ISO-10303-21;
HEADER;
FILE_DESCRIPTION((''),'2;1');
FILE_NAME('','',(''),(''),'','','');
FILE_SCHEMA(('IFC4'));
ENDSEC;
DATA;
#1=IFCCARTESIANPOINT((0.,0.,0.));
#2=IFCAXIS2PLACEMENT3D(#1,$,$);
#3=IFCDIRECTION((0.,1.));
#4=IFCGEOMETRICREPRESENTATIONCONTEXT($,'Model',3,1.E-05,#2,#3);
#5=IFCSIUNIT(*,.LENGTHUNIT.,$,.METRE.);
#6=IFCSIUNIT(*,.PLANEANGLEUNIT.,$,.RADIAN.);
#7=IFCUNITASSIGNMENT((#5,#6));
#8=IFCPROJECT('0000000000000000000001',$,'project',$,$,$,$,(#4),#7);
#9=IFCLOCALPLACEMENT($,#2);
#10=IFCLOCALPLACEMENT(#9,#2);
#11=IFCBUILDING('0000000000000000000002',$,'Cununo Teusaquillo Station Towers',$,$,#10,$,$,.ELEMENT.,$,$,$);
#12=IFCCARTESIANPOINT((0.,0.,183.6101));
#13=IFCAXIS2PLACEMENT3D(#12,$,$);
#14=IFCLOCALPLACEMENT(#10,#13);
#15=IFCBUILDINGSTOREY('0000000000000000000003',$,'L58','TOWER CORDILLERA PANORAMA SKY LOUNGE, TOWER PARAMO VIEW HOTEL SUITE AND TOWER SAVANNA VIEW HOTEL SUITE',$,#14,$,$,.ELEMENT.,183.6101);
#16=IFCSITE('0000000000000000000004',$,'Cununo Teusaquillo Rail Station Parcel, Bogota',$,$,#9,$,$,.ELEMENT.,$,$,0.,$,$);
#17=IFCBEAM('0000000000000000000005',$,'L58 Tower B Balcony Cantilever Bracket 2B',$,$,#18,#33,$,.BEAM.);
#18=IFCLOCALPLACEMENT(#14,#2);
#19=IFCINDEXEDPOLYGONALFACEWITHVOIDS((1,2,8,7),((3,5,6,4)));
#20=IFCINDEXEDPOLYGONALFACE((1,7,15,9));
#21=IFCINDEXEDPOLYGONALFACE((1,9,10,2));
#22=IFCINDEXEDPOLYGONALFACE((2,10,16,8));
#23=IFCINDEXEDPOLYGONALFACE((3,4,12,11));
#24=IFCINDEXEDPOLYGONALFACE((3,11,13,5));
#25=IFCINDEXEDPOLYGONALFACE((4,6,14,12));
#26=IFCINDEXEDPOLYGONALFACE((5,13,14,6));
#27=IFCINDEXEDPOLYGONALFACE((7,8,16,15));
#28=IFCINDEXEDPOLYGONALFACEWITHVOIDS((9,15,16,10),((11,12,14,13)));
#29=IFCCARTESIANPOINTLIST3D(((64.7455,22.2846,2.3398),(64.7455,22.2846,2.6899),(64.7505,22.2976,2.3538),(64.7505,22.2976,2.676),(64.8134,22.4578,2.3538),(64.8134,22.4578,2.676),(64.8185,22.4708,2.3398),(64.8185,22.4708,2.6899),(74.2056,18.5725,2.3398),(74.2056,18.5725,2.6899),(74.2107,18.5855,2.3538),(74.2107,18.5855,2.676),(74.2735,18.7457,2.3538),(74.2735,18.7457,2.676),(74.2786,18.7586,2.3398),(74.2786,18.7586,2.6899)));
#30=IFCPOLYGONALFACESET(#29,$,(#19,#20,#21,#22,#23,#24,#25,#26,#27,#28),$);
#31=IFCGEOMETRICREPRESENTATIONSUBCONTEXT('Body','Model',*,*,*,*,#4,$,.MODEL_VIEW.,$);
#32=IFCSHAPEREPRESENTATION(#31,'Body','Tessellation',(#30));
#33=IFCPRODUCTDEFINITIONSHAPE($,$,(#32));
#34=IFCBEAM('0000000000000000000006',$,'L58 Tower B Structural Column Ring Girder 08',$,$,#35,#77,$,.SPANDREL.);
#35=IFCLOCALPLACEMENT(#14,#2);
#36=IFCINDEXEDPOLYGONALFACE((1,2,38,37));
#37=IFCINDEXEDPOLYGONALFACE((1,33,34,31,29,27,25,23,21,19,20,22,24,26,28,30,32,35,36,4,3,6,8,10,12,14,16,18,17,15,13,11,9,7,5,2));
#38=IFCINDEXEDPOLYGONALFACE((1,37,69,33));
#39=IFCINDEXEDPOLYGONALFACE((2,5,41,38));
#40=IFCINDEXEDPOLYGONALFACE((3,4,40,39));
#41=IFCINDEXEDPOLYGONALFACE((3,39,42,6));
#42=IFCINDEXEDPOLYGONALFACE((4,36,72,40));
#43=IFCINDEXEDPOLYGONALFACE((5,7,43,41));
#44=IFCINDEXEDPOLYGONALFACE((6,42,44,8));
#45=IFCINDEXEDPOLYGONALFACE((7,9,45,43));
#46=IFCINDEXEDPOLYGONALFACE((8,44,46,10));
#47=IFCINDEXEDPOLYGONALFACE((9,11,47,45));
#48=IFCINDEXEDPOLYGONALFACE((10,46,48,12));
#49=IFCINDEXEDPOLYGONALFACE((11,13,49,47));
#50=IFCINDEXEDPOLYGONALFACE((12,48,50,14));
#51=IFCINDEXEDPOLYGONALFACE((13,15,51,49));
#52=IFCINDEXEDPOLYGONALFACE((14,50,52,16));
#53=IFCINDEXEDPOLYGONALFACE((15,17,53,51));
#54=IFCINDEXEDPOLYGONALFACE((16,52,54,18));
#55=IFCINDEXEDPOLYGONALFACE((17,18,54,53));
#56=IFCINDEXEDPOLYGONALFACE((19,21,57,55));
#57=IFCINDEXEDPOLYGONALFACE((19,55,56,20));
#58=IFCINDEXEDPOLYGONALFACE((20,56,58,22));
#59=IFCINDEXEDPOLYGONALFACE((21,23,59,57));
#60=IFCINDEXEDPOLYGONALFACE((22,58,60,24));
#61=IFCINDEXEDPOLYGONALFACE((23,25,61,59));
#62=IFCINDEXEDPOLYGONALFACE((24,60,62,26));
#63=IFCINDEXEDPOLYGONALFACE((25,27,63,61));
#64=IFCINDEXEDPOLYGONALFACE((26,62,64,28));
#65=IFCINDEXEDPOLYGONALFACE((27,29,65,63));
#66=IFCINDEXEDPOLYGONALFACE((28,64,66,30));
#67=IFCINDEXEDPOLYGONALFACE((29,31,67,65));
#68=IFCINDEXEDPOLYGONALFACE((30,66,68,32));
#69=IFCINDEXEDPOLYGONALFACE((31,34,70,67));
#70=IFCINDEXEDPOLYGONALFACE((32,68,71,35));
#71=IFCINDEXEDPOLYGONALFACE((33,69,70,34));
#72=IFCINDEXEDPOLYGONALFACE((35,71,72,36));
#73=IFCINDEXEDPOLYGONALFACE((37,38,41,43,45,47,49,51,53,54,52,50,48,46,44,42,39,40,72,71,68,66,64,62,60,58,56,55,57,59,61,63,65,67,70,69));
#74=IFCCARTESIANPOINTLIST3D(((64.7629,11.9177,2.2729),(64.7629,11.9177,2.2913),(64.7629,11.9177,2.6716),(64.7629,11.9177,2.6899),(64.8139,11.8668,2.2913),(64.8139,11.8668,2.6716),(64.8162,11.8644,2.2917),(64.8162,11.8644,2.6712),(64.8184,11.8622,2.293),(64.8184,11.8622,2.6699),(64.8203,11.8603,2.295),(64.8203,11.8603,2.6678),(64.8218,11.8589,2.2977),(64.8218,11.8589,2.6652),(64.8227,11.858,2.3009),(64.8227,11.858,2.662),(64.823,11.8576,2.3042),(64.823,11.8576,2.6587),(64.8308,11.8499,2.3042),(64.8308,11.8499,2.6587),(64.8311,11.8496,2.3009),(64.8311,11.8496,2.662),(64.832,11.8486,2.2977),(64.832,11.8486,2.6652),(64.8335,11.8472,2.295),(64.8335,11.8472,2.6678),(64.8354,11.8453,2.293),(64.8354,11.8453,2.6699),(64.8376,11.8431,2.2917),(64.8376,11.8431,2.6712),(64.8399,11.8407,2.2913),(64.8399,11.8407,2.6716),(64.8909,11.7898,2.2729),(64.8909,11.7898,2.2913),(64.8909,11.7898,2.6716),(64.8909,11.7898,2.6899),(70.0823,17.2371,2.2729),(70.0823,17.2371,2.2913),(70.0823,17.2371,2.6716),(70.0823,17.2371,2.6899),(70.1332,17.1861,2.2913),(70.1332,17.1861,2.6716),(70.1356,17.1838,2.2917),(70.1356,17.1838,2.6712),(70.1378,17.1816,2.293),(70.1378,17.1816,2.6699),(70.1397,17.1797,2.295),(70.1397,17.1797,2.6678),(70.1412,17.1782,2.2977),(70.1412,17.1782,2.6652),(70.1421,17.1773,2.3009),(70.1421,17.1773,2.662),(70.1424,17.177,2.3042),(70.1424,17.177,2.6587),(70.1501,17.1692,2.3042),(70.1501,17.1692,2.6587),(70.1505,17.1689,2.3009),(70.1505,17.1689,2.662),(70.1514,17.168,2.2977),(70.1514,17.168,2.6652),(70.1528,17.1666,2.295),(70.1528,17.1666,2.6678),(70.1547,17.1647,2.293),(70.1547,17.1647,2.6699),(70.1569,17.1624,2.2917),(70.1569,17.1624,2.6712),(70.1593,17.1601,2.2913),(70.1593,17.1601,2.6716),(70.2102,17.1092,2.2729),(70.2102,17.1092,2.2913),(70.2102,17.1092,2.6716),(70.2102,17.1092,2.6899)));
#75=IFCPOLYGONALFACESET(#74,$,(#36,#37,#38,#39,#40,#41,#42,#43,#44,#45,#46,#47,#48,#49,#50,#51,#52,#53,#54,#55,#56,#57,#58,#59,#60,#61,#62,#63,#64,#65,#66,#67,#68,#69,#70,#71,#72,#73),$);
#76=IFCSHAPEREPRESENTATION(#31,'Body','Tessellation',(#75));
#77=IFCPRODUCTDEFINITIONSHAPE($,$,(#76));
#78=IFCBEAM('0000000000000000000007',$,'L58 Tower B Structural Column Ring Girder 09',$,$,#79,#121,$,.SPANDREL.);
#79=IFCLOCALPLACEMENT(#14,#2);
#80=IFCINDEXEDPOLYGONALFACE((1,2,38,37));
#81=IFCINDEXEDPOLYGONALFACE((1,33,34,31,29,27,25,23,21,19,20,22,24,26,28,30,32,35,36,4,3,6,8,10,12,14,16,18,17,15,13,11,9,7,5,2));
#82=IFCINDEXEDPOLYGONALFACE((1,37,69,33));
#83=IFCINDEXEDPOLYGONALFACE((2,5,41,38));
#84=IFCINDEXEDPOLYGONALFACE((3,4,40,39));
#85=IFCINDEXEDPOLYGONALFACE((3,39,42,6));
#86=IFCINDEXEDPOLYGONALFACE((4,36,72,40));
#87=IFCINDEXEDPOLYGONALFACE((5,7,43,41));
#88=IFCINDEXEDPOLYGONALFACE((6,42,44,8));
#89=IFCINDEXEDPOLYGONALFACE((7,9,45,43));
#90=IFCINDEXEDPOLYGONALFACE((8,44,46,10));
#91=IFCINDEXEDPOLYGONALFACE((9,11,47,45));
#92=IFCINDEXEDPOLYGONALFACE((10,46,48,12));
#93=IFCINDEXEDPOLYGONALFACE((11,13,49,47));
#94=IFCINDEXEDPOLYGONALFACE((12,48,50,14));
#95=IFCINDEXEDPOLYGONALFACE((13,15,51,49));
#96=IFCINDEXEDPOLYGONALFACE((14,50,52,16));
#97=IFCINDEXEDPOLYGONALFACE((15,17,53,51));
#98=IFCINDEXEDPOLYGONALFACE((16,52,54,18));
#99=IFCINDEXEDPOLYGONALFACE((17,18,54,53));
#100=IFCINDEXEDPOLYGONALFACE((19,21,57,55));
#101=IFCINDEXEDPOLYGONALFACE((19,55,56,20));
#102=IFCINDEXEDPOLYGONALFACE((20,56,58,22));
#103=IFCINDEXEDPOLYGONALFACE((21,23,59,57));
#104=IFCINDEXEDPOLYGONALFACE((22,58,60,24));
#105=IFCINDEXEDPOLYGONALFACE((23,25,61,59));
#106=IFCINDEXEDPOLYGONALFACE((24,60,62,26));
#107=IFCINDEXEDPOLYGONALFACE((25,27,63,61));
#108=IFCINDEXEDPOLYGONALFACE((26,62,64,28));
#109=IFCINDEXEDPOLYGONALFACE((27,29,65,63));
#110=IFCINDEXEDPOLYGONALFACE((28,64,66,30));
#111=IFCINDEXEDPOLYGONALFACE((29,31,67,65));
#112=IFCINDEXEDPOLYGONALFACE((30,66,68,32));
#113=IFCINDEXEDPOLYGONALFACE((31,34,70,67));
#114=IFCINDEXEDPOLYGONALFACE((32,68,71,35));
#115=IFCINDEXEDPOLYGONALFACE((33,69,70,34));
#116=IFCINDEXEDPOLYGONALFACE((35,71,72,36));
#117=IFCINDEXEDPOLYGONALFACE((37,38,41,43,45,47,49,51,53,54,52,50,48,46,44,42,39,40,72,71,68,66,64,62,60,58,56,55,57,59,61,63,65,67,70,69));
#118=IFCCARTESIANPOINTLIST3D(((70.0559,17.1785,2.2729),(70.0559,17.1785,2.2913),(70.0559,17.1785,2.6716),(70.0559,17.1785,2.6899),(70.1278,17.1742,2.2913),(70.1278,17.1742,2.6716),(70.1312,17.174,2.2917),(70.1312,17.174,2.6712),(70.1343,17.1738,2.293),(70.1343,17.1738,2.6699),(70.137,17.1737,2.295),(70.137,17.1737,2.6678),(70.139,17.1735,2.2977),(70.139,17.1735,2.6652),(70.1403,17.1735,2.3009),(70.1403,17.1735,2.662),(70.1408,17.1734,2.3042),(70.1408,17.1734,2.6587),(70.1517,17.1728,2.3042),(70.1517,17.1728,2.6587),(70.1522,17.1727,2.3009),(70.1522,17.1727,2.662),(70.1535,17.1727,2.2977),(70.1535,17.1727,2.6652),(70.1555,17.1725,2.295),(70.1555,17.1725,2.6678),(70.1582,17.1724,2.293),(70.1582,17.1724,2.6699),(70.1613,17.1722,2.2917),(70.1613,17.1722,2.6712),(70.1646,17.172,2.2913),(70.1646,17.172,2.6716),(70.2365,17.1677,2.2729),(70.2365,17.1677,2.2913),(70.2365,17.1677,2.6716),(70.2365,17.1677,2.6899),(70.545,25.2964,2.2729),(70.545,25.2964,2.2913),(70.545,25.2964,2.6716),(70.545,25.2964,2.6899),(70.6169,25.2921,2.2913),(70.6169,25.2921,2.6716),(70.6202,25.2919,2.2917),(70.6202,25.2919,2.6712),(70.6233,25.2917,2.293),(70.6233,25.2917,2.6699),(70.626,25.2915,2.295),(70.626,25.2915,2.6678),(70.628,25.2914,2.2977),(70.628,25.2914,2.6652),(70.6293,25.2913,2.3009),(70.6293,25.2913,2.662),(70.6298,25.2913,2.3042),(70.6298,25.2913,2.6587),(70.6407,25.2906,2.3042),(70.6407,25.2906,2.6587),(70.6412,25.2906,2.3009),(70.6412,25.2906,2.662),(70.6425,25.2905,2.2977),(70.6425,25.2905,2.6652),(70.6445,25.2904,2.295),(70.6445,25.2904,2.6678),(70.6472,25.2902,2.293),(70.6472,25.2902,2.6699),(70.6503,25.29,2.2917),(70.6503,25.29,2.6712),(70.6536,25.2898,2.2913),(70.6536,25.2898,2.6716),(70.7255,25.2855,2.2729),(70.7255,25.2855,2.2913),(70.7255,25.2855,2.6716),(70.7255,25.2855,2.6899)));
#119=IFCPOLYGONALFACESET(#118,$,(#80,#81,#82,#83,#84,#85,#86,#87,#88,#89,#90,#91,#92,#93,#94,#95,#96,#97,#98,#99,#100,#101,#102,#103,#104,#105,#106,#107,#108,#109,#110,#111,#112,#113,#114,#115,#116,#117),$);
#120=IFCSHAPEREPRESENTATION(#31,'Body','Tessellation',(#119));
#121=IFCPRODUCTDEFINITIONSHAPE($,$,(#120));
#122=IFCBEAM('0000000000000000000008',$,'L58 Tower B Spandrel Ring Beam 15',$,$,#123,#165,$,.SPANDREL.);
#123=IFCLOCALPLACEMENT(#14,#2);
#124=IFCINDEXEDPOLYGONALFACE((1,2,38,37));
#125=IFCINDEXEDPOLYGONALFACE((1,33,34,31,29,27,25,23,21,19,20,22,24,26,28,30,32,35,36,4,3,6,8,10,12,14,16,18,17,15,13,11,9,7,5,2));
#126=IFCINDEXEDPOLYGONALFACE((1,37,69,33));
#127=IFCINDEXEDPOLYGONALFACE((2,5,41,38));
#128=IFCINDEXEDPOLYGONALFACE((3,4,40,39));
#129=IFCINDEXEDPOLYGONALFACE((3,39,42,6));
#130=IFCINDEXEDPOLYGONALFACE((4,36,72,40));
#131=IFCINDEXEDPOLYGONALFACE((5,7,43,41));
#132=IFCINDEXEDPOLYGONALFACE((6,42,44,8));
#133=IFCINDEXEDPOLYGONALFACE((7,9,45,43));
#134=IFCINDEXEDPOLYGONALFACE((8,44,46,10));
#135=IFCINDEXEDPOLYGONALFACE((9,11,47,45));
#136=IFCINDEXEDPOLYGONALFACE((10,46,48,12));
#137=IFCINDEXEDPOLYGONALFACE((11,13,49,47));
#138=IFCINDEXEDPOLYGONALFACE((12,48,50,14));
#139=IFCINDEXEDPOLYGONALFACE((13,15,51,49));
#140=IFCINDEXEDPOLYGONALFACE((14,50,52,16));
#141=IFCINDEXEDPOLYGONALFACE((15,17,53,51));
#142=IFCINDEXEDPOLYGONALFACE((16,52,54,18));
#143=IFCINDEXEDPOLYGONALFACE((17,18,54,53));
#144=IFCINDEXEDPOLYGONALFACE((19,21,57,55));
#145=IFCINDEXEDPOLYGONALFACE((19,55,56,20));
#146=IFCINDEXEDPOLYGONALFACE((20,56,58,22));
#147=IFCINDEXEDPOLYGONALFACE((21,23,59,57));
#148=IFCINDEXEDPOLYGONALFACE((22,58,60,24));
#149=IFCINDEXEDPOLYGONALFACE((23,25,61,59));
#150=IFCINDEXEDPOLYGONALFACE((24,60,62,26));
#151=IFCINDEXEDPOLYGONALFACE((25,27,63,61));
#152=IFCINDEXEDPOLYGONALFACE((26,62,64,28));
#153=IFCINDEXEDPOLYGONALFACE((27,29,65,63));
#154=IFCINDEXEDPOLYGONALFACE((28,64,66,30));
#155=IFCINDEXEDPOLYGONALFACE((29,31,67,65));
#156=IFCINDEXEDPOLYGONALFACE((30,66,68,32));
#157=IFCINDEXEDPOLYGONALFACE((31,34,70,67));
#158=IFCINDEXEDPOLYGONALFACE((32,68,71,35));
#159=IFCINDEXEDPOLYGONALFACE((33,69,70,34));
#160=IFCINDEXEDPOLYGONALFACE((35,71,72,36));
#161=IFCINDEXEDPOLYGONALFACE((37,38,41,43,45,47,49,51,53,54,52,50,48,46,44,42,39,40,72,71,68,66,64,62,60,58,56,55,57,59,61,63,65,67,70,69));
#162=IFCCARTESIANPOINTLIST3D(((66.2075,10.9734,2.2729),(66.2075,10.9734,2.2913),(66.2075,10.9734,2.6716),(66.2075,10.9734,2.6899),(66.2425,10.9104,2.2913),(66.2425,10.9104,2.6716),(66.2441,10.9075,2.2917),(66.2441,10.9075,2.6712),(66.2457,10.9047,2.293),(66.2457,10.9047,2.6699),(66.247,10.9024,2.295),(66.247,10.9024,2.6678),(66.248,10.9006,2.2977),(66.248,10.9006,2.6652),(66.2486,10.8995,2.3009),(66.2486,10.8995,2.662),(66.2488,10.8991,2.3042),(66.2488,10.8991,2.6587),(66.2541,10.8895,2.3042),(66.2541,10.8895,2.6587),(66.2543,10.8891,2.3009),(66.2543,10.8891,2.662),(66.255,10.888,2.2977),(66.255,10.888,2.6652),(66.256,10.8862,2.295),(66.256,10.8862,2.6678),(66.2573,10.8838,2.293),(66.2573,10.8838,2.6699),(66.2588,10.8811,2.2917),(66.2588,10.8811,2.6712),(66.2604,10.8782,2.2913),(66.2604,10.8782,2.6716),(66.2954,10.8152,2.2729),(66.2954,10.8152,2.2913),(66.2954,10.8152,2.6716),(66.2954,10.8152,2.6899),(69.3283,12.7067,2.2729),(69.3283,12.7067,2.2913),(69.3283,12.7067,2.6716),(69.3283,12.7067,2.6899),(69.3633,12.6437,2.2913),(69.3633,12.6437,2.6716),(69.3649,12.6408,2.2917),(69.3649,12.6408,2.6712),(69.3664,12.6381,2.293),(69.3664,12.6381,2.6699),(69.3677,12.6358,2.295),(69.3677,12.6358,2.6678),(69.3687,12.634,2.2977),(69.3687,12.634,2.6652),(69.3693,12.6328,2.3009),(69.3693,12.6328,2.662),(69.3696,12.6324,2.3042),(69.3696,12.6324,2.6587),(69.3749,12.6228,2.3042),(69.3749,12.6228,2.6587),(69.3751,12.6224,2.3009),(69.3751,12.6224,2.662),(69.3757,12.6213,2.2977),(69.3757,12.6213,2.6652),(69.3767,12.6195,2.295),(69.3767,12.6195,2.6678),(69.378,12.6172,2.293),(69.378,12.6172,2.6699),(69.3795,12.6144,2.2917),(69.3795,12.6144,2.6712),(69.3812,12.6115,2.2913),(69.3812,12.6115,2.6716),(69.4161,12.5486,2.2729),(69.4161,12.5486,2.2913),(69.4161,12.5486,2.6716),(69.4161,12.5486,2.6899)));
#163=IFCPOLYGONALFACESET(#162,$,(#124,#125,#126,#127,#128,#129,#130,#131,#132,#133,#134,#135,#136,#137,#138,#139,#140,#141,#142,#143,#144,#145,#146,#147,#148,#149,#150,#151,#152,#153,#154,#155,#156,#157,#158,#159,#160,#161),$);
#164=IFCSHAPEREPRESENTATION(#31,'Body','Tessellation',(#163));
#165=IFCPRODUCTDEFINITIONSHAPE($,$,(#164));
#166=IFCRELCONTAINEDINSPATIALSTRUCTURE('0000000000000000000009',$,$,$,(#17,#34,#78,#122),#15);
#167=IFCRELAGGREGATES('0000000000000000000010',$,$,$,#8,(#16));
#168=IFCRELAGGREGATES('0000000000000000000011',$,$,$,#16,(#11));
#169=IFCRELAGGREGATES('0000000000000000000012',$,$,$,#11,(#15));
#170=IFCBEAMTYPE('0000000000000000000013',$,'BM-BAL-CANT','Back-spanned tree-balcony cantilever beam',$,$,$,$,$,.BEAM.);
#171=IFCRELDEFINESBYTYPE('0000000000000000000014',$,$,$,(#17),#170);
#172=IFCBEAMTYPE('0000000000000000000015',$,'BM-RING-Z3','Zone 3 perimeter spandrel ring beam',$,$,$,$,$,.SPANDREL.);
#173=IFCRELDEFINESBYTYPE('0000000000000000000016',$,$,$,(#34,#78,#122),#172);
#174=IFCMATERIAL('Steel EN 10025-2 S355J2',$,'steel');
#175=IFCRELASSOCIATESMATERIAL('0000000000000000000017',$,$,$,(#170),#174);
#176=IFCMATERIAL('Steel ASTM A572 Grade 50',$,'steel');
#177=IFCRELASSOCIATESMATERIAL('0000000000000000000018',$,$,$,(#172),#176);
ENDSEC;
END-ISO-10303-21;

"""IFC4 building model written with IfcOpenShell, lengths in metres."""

from ifc_helpers import new_model, si_unit, direction, frame, origin, origin_2d, place, context, subcontext, project, spatial, hollow_rectangle, i_section, extrude, material, material_profile, profile_set, type_object, element, save


model = new_model("IFC4")

# Units and contexts
model_context = context("Model", 3, precision=1e-05, world=origin(), true_north=direction((0.0, 1.0)))
body_context = subcontext(model_context, "Body", "Model", "MODEL_VIEW")
ifc_project = project(units=[si_unit("LENGTHUNIT", "METRE"), si_unit("PLANEANGLEUNIT", "RADIAN")], contexts=[model_context])

# Site, building, storey
site_placement = place(None, origin())
site = spatial("IfcSite", under=ifc_project, at=site_placement, Name="Cununo Teusaquillo Rail Station Parcel, Bogota", CompositionType="ELEMENT", RefElevation=0.0)
building_placement = place(site_placement, origin())
building = spatial("IfcBuilding", under=site, at=building_placement, Name="Cununo Teusaquillo Station Towers", CompositionType="ELEMENT")
storey_placement = place(building_placement, frame((0.0, 0.0, 183.6101)))
storey = spatial("IfcBuildingStorey", under=building, at=storey_placement, Name="L58", Description="TOWER CORDILLERA PANORAMA SKY LOUNGE, TOWER PARAMO VIEW HOTEL SUITE AND TOWER SAVANNA VIEW HOTEL SUITE", CompositionType="ELEMENT", Elevation=183.6101)

# Beams
ifc_material_1 = material(Name="Steel EN 10025-2 S355J2", Category="steel")
ifc_material_profile_1 = material_profile(ifc_material_1, hollow_rectangle(XDim=0.2, YDim=0.3501, WallThickness=0.0139, at=origin_2d()), Name="RHS 350x200x14")
ifc_profile_set_1 = profile_set([ifc_material_profile_1], Name="Steel EN 10025-2 S355J2")
beam_type_1 = type_object("IfcBeamType", Name="BM-BAL-CANT", Description="Back-spanned tree-balcony cantilever beam", PredefinedType="BEAM", material=ifc_profile_set_1)
beam_1_placement = place(storey_placement, frame((64.782, 22.3777, 2.5149), z_axis=(0.930897, -0.365281, 0.0), x_axis=(0.365281, 0.930897, 0.0)))
element("IfcBeam", 1, at=beam_1_placement, inside=storey, type_object=beam_type_1, Name="L58 Tower B Balcony Cantilever Bracket 2B", PredefinedType="BEAM", context=body_context, shape_type="SweptSolid", body=[
    extrude(hollow_rectangle(XDim=0.2, YDim=0.3501, WallThickness=0.0139, at=origin_2d()), origin(), (0.0, 0.0, 1.0), 10.1624),
])
ifc_material_2 = material(Name="Steel ASTM A572 Grade 50", Category="steel")
ifc_material_profile_2 = material_profile(ifc_material_2, i_section(OverallWidth=0.1809, OverallDepth=0.417, WebThickness=0.011, FlangeThickness=0.0183, FilletRadius=0.0129, at=origin_2d()), Name="W16X57")
ifc_profile_set_2 = profile_set([ifc_material_profile_2], Name="Steel ASTM A572 Grade 50")
beam_type_2 = type_object("IfcBeamType", Name="BM-RING-Z3", Description="Zone 3 perimeter spandrel ring beam", PredefinedType="SPANDREL", material=ifc_profile_set_2)
beam_2_placement = place(storey_placement, frame((64.8269, 11.8538, 2.4814), z_axis=(0.707107, 0.707107, 0.0), x_axis=(-0.707107, 0.707107, 0.0)))
element("IfcBeam", 2, at=beam_2_placement, inside=storey, type_object=beam_type_2, Name="L58 Tower B Structural Column Ring Girder 08", PredefinedType="SPANDREL", context=body_context, shape_type="SweptSolid", body=[
    extrude(i_section(OverallWidth=0.1809, OverallDepth=0.417, WebThickness=0.011, FlangeThickness=0.0183, FilletRadius=0.0129, at=origin_2d()), origin(), (0.0, 0.0, 1.0), 7.5227),
])
beam_3_placement = place(storey_placement, frame((70.1462, 17.1731, 2.4814), z_axis=(0.06013, 0.998191, 0.0), x_axis=(-0.998191, 0.06013, 0.0)))
element("IfcBeam", 3, at=beam_3_placement, inside=storey, type_object=beam_type_2, Name="L58 Tower B Structural Column Ring Girder 09", PredefinedType="SPANDREL", context=body_context, shape_type="SweptSolid", body=[
    extrude(i_section(OverallWidth=0.1809, OverallDepth=0.417, WebThickness=0.011, FlangeThickness=0.0183, FilletRadius=0.0129, at=origin_2d()), origin(), (0.0, 0.0, 1.0), 8.1326),
])
for number, where, z_axis, x_axis, name in (
    (4, (66.2515, 10.8943, 2.4814), (0.874206, 0.485556, 0.0), (-0.485556, 0.874206, 0.0), "L58 Tower B Spandrel Ring Beam 15"),
):
    element("IfcBeam", number, at=place(storey_placement, frame(where, z_axis=z_axis, x_axis=x_axis)), inside=storey, type_object=beam_type_2, Name=name, PredefinedType="SPANDREL", context=body_context, shape_type="SweptSolid", body=[
        extrude(i_section(OverallWidth=0.1809, OverallDepth=0.417, WebThickness=0.011, FlangeThickness=0.0183, FilletRadius=0.0129, at=origin_2d()), origin(), (0.0, 0.0, 1.0), 3.5698),
    ])

save(model, "model.ifc")
